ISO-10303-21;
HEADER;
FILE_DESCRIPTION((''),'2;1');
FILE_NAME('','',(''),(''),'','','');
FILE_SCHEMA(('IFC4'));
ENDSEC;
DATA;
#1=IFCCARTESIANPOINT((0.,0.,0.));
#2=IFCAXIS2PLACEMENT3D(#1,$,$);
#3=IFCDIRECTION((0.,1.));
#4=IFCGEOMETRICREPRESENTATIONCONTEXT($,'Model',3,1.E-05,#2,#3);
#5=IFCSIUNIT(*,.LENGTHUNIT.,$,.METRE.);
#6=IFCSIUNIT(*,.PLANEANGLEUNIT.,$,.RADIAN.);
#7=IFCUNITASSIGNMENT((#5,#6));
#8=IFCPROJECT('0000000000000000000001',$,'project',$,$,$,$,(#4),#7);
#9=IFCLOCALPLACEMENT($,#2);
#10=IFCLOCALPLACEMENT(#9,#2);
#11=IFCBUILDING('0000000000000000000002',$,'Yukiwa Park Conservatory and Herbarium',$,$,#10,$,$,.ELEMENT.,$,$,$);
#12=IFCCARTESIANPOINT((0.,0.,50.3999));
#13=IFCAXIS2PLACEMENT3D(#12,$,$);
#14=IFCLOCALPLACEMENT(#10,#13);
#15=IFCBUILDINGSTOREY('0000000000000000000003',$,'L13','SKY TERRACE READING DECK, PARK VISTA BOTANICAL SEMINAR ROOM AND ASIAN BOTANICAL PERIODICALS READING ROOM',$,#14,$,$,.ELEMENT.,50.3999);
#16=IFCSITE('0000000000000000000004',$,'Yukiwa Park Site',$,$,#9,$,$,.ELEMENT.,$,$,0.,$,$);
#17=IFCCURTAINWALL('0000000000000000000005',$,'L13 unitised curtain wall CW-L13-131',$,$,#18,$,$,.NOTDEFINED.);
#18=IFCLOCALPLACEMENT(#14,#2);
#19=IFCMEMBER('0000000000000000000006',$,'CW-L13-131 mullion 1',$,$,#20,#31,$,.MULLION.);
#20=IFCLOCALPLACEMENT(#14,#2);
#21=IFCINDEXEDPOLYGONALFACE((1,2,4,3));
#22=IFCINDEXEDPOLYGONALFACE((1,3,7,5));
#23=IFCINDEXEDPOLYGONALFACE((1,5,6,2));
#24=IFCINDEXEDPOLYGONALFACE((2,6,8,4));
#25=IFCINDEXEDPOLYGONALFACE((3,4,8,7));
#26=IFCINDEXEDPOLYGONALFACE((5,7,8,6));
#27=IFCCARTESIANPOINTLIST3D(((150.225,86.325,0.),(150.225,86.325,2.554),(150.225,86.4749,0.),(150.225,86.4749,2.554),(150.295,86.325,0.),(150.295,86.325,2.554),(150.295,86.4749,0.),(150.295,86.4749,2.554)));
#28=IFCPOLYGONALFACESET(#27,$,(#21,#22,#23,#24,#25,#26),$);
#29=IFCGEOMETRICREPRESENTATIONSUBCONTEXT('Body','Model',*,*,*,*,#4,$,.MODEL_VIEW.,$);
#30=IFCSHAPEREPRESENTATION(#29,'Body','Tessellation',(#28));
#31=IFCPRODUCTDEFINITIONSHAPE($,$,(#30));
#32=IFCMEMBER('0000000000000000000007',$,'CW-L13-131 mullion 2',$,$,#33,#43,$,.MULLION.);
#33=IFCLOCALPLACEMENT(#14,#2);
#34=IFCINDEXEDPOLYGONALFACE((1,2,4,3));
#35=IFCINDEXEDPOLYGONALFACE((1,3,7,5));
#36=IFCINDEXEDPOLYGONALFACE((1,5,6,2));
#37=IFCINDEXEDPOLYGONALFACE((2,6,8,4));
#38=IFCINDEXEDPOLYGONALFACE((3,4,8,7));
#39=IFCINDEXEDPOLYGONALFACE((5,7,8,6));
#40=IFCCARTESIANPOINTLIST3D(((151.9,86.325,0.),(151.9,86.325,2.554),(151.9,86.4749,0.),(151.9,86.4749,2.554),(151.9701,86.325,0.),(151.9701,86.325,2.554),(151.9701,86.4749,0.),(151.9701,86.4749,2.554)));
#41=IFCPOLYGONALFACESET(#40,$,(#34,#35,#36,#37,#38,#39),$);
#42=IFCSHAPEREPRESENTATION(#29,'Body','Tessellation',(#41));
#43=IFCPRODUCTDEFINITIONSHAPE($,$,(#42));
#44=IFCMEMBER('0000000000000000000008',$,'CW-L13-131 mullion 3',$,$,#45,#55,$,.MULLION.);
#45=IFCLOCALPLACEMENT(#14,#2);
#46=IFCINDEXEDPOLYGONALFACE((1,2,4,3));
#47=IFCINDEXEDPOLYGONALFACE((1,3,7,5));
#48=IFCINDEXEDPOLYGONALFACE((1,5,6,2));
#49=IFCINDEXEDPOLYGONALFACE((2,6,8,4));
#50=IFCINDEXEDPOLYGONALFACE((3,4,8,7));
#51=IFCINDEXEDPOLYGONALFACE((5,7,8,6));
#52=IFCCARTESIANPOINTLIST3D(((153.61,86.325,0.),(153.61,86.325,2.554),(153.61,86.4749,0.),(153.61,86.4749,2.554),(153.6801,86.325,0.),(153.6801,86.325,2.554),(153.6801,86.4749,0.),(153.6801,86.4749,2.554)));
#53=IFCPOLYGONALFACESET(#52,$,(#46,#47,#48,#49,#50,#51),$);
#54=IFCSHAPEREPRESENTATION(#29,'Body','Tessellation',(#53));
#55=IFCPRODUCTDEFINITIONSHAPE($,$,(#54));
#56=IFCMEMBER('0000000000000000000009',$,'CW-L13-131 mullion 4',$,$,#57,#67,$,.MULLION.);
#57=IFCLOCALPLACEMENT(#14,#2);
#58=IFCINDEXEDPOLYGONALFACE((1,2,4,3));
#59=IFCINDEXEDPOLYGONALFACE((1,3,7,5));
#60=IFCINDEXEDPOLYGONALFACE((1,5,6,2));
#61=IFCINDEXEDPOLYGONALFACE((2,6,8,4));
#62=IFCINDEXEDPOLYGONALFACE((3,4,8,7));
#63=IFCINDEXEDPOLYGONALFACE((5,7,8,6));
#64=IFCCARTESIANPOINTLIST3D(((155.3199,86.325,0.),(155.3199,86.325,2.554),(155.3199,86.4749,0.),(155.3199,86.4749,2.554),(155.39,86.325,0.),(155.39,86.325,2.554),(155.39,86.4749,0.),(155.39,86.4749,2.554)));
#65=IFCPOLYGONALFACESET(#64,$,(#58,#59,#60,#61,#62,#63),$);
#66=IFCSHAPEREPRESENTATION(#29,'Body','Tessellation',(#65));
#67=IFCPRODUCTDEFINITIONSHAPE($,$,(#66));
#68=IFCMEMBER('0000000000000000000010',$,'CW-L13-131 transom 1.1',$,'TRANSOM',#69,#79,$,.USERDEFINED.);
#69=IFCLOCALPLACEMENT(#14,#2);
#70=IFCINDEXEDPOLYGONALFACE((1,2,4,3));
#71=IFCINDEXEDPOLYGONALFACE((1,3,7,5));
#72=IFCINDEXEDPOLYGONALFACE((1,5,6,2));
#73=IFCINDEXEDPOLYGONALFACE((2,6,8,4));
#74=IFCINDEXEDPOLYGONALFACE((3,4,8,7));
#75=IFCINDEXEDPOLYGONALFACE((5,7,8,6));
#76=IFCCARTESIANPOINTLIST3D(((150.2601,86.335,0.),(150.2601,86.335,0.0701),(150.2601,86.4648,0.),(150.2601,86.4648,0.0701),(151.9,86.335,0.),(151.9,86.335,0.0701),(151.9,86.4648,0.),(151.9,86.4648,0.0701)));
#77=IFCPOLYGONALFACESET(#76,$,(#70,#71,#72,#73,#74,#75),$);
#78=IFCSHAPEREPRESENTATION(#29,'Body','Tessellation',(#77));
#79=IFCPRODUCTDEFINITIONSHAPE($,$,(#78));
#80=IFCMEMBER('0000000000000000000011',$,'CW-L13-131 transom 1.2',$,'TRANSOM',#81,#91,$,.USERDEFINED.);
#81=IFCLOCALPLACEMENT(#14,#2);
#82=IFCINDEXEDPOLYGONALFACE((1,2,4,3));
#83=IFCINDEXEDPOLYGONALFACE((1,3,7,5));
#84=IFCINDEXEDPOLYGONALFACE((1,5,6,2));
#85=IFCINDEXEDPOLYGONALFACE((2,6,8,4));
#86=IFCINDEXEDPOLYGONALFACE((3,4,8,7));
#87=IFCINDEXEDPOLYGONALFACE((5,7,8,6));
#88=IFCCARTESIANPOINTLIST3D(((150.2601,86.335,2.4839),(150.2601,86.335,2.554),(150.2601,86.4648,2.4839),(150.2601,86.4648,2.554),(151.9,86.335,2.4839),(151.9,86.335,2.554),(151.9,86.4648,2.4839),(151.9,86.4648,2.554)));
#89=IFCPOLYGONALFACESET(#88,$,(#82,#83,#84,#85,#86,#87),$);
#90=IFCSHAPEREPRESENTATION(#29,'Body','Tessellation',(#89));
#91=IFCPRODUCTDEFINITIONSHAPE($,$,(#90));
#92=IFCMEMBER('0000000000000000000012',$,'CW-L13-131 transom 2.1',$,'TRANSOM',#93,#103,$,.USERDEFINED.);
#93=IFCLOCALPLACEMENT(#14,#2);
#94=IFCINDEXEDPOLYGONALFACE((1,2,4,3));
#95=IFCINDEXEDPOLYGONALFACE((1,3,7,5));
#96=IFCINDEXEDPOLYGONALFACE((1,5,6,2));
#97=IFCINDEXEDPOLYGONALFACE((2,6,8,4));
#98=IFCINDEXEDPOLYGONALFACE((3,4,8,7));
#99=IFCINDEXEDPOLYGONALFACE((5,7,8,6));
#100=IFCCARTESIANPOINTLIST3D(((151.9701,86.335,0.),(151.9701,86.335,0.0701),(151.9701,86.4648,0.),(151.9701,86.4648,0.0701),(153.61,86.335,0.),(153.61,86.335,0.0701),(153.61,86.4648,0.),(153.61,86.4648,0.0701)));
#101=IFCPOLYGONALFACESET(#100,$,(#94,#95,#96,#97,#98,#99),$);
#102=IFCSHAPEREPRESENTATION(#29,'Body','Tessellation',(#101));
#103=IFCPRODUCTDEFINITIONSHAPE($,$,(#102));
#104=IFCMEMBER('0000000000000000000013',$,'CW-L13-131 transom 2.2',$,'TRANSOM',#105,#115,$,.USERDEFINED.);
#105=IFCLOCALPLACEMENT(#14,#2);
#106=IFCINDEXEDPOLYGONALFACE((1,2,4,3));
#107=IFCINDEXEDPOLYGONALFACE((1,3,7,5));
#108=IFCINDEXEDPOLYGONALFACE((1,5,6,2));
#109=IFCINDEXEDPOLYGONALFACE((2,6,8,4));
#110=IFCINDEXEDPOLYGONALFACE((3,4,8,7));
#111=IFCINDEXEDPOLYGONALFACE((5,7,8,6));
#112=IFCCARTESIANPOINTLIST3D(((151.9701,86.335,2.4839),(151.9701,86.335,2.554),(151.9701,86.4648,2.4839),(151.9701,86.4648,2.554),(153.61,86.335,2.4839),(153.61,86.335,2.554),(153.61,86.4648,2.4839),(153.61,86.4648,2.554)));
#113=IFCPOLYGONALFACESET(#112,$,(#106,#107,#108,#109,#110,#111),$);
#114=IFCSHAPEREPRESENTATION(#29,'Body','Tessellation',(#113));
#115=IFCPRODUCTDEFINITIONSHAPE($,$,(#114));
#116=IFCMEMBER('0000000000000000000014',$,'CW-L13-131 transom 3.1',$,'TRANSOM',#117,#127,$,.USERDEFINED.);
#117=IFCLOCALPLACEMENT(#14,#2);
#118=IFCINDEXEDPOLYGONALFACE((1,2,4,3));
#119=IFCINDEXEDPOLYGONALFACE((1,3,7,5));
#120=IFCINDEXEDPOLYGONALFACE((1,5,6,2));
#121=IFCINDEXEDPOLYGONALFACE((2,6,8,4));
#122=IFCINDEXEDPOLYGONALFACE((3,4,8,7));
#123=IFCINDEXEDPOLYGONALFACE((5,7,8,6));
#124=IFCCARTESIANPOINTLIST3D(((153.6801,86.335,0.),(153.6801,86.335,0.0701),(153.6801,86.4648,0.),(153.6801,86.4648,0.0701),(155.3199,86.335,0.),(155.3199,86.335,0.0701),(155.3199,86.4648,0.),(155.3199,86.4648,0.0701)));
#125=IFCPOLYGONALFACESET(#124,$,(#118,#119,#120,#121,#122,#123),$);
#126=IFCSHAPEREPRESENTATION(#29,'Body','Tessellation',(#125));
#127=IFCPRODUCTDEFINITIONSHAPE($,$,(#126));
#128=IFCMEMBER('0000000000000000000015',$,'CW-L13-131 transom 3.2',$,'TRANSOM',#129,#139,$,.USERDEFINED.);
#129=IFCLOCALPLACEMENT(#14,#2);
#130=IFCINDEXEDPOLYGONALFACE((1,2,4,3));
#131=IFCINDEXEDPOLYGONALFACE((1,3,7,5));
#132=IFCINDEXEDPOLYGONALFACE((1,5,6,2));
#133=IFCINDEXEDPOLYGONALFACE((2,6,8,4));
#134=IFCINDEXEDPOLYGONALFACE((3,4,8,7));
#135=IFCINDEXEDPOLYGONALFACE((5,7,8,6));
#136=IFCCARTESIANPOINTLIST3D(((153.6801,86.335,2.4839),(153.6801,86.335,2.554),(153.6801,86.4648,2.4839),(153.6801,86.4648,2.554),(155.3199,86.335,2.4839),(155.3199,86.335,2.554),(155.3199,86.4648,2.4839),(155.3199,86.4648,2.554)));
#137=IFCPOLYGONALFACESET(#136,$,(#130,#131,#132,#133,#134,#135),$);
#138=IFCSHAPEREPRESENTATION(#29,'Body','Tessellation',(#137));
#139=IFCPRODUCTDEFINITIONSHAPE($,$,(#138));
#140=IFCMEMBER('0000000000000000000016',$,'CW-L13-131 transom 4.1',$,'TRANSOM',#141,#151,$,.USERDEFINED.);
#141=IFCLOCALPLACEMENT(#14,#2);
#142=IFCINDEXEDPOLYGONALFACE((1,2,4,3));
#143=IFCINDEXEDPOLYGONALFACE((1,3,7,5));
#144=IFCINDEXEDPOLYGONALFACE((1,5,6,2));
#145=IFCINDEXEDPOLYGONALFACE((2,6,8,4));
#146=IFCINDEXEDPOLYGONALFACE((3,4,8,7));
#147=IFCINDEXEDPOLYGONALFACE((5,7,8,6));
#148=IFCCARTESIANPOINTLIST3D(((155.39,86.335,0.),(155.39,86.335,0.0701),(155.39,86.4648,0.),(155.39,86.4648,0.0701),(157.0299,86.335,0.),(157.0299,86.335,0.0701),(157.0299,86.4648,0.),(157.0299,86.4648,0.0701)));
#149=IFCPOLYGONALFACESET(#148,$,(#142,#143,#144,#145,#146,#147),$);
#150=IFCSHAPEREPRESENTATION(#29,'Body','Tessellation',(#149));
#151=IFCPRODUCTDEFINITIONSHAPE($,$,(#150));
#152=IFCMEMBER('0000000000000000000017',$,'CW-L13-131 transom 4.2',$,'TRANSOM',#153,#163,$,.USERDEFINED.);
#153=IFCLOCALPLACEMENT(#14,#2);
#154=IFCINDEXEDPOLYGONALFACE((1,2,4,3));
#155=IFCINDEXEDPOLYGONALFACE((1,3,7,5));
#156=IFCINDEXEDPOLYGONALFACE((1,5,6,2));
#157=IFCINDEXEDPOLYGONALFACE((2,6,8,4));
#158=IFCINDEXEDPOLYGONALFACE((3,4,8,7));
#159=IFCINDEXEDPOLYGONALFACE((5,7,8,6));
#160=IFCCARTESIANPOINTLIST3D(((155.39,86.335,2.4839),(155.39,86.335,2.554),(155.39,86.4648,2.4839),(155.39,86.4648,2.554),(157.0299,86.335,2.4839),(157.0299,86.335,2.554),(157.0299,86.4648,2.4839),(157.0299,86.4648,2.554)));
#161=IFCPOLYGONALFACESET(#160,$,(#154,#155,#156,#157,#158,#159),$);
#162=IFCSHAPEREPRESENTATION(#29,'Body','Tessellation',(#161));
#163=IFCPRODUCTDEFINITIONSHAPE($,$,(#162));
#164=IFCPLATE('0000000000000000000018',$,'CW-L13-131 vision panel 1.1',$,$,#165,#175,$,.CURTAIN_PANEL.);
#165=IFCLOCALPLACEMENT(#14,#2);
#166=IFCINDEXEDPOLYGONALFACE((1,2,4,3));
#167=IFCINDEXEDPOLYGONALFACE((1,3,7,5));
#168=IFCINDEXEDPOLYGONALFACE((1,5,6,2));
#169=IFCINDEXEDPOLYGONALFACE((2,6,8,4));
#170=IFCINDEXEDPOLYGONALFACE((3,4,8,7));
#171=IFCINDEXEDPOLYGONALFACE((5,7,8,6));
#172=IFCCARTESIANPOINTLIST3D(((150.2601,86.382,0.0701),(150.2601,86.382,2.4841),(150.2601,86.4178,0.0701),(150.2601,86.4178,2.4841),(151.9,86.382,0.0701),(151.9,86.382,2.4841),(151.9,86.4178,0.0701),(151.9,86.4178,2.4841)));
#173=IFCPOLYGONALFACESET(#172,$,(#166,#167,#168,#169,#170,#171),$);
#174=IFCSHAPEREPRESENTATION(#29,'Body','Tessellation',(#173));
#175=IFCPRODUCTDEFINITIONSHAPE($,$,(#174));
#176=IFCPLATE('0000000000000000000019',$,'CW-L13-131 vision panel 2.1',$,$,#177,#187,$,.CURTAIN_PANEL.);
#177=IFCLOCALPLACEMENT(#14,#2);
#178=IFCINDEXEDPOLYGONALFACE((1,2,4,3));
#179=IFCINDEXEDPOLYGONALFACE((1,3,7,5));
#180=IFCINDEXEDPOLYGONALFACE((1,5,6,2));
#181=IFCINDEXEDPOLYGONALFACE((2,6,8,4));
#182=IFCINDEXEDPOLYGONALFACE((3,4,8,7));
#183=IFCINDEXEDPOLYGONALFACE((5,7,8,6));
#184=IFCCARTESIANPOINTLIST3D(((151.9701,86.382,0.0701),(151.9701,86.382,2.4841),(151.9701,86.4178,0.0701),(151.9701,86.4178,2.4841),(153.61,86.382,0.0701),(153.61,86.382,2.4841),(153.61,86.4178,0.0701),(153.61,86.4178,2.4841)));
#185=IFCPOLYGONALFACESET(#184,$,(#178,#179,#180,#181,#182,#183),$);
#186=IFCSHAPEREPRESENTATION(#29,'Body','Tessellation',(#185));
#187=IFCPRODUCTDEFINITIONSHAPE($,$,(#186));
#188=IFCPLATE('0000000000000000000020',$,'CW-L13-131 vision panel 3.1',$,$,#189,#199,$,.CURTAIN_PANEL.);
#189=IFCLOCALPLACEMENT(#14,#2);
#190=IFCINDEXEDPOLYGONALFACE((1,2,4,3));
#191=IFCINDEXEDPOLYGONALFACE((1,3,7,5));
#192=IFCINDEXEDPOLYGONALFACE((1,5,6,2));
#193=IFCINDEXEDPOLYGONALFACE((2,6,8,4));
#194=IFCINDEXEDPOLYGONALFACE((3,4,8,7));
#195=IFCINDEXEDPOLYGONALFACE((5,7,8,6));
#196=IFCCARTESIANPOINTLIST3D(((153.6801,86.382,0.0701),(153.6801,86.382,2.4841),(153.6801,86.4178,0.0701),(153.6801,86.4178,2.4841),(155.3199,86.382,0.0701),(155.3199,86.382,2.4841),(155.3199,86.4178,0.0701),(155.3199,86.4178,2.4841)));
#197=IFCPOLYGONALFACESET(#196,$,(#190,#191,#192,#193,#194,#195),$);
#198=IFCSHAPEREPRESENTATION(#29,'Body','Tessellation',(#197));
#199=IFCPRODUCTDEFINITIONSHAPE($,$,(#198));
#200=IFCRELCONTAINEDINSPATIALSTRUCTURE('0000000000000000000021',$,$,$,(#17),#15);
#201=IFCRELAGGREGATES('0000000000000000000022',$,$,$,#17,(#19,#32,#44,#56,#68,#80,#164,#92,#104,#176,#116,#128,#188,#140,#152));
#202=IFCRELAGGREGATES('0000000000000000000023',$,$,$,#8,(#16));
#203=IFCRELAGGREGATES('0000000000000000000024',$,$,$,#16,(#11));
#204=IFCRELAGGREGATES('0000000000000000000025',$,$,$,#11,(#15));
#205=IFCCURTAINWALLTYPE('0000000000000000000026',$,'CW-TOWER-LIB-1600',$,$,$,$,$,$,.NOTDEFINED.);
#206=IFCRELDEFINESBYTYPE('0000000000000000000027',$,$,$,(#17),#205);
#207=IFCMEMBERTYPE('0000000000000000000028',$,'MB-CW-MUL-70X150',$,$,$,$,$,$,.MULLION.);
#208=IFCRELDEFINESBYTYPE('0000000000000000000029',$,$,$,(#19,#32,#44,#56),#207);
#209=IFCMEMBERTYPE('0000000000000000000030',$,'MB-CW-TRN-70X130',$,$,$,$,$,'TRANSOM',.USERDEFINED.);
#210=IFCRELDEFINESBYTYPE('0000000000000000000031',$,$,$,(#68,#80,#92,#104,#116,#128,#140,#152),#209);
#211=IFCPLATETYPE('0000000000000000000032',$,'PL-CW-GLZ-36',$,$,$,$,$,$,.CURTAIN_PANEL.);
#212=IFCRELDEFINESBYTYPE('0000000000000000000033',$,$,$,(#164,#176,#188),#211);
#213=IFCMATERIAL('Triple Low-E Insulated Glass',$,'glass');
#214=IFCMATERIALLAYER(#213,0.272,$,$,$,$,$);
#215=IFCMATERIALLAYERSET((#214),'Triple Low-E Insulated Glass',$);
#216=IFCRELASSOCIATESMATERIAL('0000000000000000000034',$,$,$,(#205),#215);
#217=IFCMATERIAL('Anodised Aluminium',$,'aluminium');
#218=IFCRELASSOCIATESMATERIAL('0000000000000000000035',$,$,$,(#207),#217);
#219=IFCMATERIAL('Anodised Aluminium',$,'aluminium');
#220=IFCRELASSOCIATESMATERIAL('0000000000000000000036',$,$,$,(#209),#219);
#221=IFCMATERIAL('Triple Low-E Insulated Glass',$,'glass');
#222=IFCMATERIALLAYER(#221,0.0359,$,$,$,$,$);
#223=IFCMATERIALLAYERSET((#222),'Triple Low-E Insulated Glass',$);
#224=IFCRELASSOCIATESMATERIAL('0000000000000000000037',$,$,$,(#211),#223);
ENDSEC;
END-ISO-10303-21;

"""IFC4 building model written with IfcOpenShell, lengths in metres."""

from ifc_helpers import new_model, si_unit, direction, frame, origin, origin_2d, place, context, subcontext, project, spatial, rectangle, extrude, material, layer, layer_set, type_object, element, aggregate, save


model = new_model("IFC4")

# Units and contexts
model_context = context("Model", 3, precision=1e-05, world=origin(), true_north=direction((0.0, 1.0)))
body_context = subcontext(model_context, "Body", "Model", "MODEL_VIEW")
ifc_project = project(units=[si_unit("LENGTHUNIT", "METRE"), si_unit("PLANEANGLEUNIT", "RADIAN")], contexts=[model_context])

# Site, building, storey
site_placement = place(None, origin())
site = spatial("IfcSite", under=ifc_project, at=site_placement, Name="Yukiwa Park Site", CompositionType="ELEMENT", RefElevation=0.0)
building_placement = place(site_placement, origin())
building = spatial("IfcBuilding", under=site, at=building_placement, Name="Yukiwa Park Conservatory and Herbarium", CompositionType="ELEMENT")
storey_placement = place(building_placement, frame((0.0, 0.0, 50.3999)))
storey = spatial("IfcBuildingStorey", under=building, at=storey_placement, Name="L13", Description="SKY TERRACE READING DECK, PARK VISTA BOTANICAL SEMINAR ROOM AND ASIAN BOTANICAL PERIODICALS READING ROOM", CompositionType="ELEMENT", Elevation=50.3999)

# Curtain wall, members, plates
ifc_material_1 = material(Name="Triple Low-E Insulated Glass", Category="glass")
ifc_layer_1 = layer(ifc_material_1, 0.272)
ifc_layer_set_1 = layer_set([ifc_layer_1], Name="Triple Low-E Insulated Glass")
curtain_wall_type = type_object("IfcCurtainWallType", Name="CW-TOWER-LIB-1600", PredefinedType="NOTDEFINED", material=ifc_layer_set_1)
curtain_wall_placement = place(storey_placement, origin())
curtain_wall = element("IfcCurtainWall", 1, at=curtain_wall_placement, inside=storey, type_object=curtain_wall_type, Name="L13 unitised curtain wall CW-L13-131", PredefinedType="NOTDEFINED")
ifc_material_2 = material(Name="Anodised Aluminium", Category="aluminium")
member_type_1 = type_object("IfcMemberType", Name="MB-CW-MUL-70X150", PredefinedType="MULLION", material=ifc_material_2)
member_1_placement = place(storey_placement, frame((150.26, 86.3999, 0.0), z_axis=(0.0, 0.0, 1.0), x_axis=(1.0, 0.0, 0.0)))
member_1 = element("IfcMember", 2, at=member_1_placement, type_object=member_type_1, Name="CW-L13-131 mullion 1", PredefinedType="MULLION", context=body_context, shape_type="SweptSolid", body=[
    extrude(rectangle(XDim=0.0701, YDim=0.1499, at=origin_2d()), origin(), (0.0, 0.0, 1.0), 2.554),
])
member_2_placement = place(storey_placement, frame((151.9351, 86.3999, 0.0), z_axis=(0.0, 0.0, 1.0), x_axis=(1.0, 0.0, 0.0)))
member_2 = element("IfcMember", 3, at=member_2_placement, type_object=member_type_1, Name="CW-L13-131 mullion 2", PredefinedType="MULLION", context=body_context, shape_type="SweptSolid", body=[
    extrude(rectangle(XDim=0.0701, YDim=0.1499, at=origin_2d()), origin(), (0.0, 0.0, 1.0), 2.554),
])
member_3_placement = place(storey_placement, frame((153.645, 86.3999, 0.0), z_axis=(0.0, 0.0, 1.0), x_axis=(1.0, 0.0, 0.0)))
member_3 = element("IfcMember", 4, at=member_3_placement, type_object=member_type_1, Name="CW-L13-131 mullion 3", PredefinedType="MULLION", context=body_context, shape_type="SweptSolid", body=[
    extrude(rectangle(XDim=0.0701, YDim=0.1499, at=origin_2d()), origin(), (0.0, 0.0, 1.0), 2.554),
])
member_4_placement = place(storey_placement, frame((155.355, 86.3999, 0.0), z_axis=(0.0, 0.0, 1.0), x_axis=(1.0, 0.0, 0.0)))
member_4 = element("IfcMember", 5, at=member_4_placement, type_object=member_type_1, Name="CW-L13-131 mullion 4", PredefinedType="MULLION", context=body_context, shape_type="SweptSolid", body=[
    extrude(rectangle(XDim=0.0701, YDim=0.1499, at=origin_2d()), origin(), (0.0, 0.0, 1.0), 2.554),
])
ifc_material_3 = material(Name="Anodised Aluminium", Category="aluminium")
member_type_2 = type_object("IfcMemberType", Name="MB-CW-TRN-70X130", ElementType="TRANSOM", PredefinedType="USERDEFINED", material=ifc_material_3)
member_5_placement = place(storey_placement, frame((151.0801, 86.3999, 0.0), z_axis=(0.0, 0.0, 1.0), x_axis=(1.0, 0.0, 0.0)))
member_5 = element("IfcMember", 6, at=member_5_placement, type_object=member_type_2, Name="CW-L13-131 transom 1.1", ObjectType="TRANSOM", PredefinedType="USERDEFINED", context=body_context, shape_type="SweptSolid", body=[
    extrude(rectangle(XDim=1.6399, YDim=0.1299, at=origin_2d()), origin(), (0.0, 0.0, 1.0), 0.0701),
])
member_6_placement = place(storey_placement, frame((151.0801, 86.3999, 2.4839), z_axis=(0.0, 0.0, 1.0), x_axis=(1.0, 0.0, 0.0)))
member_6 = element("IfcMember", 7, at=member_6_placement, type_object=member_type_2, Name="CW-L13-131 transom 1.2", ObjectType="TRANSOM", PredefinedType="USERDEFINED", context=body_context, shape_type="SweptSolid", body=[
    extrude(rectangle(XDim=1.6399, YDim=0.1299, at=origin_2d()), origin(), (0.0, 0.0, 1.0), 0.0701),
])
member_7_placement = place(storey_placement, frame((152.79, 86.3999, 0.0), z_axis=(0.0, 0.0, 1.0), x_axis=(1.0, 0.0, 0.0)))
member_7 = element("IfcMember", 8, at=member_7_placement, type_object=member_type_2, Name="CW-L13-131 transom 2.1", ObjectType="TRANSOM", PredefinedType="USERDEFINED", context=body_context, shape_type="SweptSolid", body=[
    extrude(rectangle(XDim=1.6399, YDim=0.1299, at=origin_2d()), origin(), (0.0, 0.0, 1.0), 0.0701),
])
member_8_placement = place(storey_placement, frame((152.79, 86.3999, 2.4839), z_axis=(0.0, 0.0, 1.0), x_axis=(1.0, 0.0, 0.0)))
member_8 = element("IfcMember", 9, at=member_8_placement, type_object=member_type_2, Name="CW-L13-131 transom 2.2", ObjectType="TRANSOM", PredefinedType="USERDEFINED", context=body_context, shape_type="SweptSolid", body=[
    extrude(rectangle(XDim=1.6399, YDim=0.1299, at=origin_2d()), origin(), (0.0, 0.0, 1.0), 0.0701),
])
member_9_placement = place(storey_placement, frame((154.5, 86.3999, 0.0), z_axis=(0.0, 0.0, 1.0), x_axis=(1.0, 0.0, 0.0)))
member_9 = element("IfcMember", 10, at=member_9_placement, type_object=member_type_2, Name="CW-L13-131 transom 3.1", ObjectType="TRANSOM", PredefinedType="USERDEFINED", context=body_context, shape_type="SweptSolid", body=[
    extrude(rectangle(XDim=1.6399, YDim=0.1299, at=origin_2d()), origin(), (0.0, 0.0, 1.0), 0.0701),
])
member_10_placement = place(storey_placement, frame((154.5, 86.3999, 2.4839), z_axis=(0.0, 0.0, 1.0), x_axis=(1.0, 0.0, 0.0)))
member_10 = element("IfcMember", 11, at=member_10_placement, type_object=member_type_2, Name="CW-L13-131 transom 3.2", ObjectType="TRANSOM", PredefinedType="USERDEFINED", context=body_context, shape_type="SweptSolid", body=[
    extrude(rectangle(XDim=1.6399, YDim=0.1299, at=origin_2d()), origin(), (0.0, 0.0, 1.0), 0.0701),
])
member_11_placement = place(storey_placement, frame((156.21, 86.3999, 0.0), z_axis=(0.0, 0.0, 1.0), x_axis=(1.0, 0.0, 0.0)))
member_11 = element("IfcMember", 12, at=member_11_placement, type_object=member_type_2, Name="CW-L13-131 transom 4.1", ObjectType="TRANSOM", PredefinedType="USERDEFINED", context=body_context, shape_type="SweptSolid", body=[
    extrude(rectangle(XDim=1.6399, YDim=0.1299, at=origin_2d()), origin(), (0.0, 0.0, 1.0), 0.0701),
])
member_12_placement = place(storey_placement, frame((156.21, 86.3999, 2.4839), z_axis=(0.0, 0.0, 1.0), x_axis=(1.0, 0.0, 0.0)))
member_12 = element("IfcMember", 13, at=member_12_placement, type_object=member_type_2, Name="CW-L13-131 transom 4.2", ObjectType="TRANSOM", PredefinedType="USERDEFINED", context=body_context, shape_type="SweptSolid", body=[
    extrude(rectangle(XDim=1.6399, YDim=0.1299, at=origin_2d()), origin(), (0.0, 0.0, 1.0), 0.0701),
])
ifc_material_4 = material(Name="Triple Low-E Insulated Glass", Category="glass")
ifc_layer_2 = layer(ifc_material_4, 0.0359)
ifc_layer_set_2 = layer_set([ifc_layer_2], Name="Triple Low-E Insulated Glass")
plate_type_1 = type_object("IfcPlateType", Name="PL-CW-GLZ-36", PredefinedType="CURTAIN_PANEL", material=ifc_layer_set_2)
plate_1_placement = place(storey_placement, frame((151.0801, 86.3999, 0.0701), z_axis=(0.0, 0.0, 1.0), x_axis=(1.0, 0.0, 0.0)))
plate_1 = element("IfcPlate", 14, at=plate_1_placement, type_object=plate_type_1, Name="CW-L13-131 vision panel 1.1", PredefinedType="CURTAIN_PANEL", context=body_context, shape_type="SweptSolid", body=[
    extrude(rectangle(XDim=1.6399, YDim=0.0359, at=origin_2d()), origin(), (0.0, 0.0, 1.0), 2.4141),
])
plate_2_placement = place(storey_placement, frame((152.79, 86.3999, 0.0701), z_axis=(0.0, 0.0, 1.0), x_axis=(1.0, 0.0, 0.0)))
plate_2 = element("IfcPlate", 15, at=plate_2_placement, type_object=plate_type_1, Name="CW-L13-131 vision panel 2.1", PredefinedType="CURTAIN_PANEL", context=body_context, shape_type="SweptSolid", body=[
    extrude(rectangle(XDim=1.6399, YDim=0.0359, at=origin_2d()), origin(), (0.0, 0.0, 1.0), 2.4141),
])
plate_3_placement = place(storey_placement, frame((154.5, 86.3999, 0.0701), z_axis=(0.0, 0.0, 1.0), x_axis=(1.0, 0.0, 0.0)))
plate_3 = element("IfcPlate", 16, at=plate_3_placement, type_object=plate_type_1, Name="CW-L13-131 vision panel 3.1", PredefinedType="CURTAIN_PANEL", context=body_context, shape_type="SweptSolid", body=[
    extrude(rectangle(XDim=1.6399, YDim=0.0359, at=origin_2d()), origin(), (0.0, 0.0, 1.0), 2.4141),
])
aggregate(curtain_wall, [member_1, member_2, member_3, member_4, member_5, member_6, plate_1, member_7, member_8, plate_2, member_9, member_10, plate_3, member_11, member_12])

save(model, "model.ifc")
